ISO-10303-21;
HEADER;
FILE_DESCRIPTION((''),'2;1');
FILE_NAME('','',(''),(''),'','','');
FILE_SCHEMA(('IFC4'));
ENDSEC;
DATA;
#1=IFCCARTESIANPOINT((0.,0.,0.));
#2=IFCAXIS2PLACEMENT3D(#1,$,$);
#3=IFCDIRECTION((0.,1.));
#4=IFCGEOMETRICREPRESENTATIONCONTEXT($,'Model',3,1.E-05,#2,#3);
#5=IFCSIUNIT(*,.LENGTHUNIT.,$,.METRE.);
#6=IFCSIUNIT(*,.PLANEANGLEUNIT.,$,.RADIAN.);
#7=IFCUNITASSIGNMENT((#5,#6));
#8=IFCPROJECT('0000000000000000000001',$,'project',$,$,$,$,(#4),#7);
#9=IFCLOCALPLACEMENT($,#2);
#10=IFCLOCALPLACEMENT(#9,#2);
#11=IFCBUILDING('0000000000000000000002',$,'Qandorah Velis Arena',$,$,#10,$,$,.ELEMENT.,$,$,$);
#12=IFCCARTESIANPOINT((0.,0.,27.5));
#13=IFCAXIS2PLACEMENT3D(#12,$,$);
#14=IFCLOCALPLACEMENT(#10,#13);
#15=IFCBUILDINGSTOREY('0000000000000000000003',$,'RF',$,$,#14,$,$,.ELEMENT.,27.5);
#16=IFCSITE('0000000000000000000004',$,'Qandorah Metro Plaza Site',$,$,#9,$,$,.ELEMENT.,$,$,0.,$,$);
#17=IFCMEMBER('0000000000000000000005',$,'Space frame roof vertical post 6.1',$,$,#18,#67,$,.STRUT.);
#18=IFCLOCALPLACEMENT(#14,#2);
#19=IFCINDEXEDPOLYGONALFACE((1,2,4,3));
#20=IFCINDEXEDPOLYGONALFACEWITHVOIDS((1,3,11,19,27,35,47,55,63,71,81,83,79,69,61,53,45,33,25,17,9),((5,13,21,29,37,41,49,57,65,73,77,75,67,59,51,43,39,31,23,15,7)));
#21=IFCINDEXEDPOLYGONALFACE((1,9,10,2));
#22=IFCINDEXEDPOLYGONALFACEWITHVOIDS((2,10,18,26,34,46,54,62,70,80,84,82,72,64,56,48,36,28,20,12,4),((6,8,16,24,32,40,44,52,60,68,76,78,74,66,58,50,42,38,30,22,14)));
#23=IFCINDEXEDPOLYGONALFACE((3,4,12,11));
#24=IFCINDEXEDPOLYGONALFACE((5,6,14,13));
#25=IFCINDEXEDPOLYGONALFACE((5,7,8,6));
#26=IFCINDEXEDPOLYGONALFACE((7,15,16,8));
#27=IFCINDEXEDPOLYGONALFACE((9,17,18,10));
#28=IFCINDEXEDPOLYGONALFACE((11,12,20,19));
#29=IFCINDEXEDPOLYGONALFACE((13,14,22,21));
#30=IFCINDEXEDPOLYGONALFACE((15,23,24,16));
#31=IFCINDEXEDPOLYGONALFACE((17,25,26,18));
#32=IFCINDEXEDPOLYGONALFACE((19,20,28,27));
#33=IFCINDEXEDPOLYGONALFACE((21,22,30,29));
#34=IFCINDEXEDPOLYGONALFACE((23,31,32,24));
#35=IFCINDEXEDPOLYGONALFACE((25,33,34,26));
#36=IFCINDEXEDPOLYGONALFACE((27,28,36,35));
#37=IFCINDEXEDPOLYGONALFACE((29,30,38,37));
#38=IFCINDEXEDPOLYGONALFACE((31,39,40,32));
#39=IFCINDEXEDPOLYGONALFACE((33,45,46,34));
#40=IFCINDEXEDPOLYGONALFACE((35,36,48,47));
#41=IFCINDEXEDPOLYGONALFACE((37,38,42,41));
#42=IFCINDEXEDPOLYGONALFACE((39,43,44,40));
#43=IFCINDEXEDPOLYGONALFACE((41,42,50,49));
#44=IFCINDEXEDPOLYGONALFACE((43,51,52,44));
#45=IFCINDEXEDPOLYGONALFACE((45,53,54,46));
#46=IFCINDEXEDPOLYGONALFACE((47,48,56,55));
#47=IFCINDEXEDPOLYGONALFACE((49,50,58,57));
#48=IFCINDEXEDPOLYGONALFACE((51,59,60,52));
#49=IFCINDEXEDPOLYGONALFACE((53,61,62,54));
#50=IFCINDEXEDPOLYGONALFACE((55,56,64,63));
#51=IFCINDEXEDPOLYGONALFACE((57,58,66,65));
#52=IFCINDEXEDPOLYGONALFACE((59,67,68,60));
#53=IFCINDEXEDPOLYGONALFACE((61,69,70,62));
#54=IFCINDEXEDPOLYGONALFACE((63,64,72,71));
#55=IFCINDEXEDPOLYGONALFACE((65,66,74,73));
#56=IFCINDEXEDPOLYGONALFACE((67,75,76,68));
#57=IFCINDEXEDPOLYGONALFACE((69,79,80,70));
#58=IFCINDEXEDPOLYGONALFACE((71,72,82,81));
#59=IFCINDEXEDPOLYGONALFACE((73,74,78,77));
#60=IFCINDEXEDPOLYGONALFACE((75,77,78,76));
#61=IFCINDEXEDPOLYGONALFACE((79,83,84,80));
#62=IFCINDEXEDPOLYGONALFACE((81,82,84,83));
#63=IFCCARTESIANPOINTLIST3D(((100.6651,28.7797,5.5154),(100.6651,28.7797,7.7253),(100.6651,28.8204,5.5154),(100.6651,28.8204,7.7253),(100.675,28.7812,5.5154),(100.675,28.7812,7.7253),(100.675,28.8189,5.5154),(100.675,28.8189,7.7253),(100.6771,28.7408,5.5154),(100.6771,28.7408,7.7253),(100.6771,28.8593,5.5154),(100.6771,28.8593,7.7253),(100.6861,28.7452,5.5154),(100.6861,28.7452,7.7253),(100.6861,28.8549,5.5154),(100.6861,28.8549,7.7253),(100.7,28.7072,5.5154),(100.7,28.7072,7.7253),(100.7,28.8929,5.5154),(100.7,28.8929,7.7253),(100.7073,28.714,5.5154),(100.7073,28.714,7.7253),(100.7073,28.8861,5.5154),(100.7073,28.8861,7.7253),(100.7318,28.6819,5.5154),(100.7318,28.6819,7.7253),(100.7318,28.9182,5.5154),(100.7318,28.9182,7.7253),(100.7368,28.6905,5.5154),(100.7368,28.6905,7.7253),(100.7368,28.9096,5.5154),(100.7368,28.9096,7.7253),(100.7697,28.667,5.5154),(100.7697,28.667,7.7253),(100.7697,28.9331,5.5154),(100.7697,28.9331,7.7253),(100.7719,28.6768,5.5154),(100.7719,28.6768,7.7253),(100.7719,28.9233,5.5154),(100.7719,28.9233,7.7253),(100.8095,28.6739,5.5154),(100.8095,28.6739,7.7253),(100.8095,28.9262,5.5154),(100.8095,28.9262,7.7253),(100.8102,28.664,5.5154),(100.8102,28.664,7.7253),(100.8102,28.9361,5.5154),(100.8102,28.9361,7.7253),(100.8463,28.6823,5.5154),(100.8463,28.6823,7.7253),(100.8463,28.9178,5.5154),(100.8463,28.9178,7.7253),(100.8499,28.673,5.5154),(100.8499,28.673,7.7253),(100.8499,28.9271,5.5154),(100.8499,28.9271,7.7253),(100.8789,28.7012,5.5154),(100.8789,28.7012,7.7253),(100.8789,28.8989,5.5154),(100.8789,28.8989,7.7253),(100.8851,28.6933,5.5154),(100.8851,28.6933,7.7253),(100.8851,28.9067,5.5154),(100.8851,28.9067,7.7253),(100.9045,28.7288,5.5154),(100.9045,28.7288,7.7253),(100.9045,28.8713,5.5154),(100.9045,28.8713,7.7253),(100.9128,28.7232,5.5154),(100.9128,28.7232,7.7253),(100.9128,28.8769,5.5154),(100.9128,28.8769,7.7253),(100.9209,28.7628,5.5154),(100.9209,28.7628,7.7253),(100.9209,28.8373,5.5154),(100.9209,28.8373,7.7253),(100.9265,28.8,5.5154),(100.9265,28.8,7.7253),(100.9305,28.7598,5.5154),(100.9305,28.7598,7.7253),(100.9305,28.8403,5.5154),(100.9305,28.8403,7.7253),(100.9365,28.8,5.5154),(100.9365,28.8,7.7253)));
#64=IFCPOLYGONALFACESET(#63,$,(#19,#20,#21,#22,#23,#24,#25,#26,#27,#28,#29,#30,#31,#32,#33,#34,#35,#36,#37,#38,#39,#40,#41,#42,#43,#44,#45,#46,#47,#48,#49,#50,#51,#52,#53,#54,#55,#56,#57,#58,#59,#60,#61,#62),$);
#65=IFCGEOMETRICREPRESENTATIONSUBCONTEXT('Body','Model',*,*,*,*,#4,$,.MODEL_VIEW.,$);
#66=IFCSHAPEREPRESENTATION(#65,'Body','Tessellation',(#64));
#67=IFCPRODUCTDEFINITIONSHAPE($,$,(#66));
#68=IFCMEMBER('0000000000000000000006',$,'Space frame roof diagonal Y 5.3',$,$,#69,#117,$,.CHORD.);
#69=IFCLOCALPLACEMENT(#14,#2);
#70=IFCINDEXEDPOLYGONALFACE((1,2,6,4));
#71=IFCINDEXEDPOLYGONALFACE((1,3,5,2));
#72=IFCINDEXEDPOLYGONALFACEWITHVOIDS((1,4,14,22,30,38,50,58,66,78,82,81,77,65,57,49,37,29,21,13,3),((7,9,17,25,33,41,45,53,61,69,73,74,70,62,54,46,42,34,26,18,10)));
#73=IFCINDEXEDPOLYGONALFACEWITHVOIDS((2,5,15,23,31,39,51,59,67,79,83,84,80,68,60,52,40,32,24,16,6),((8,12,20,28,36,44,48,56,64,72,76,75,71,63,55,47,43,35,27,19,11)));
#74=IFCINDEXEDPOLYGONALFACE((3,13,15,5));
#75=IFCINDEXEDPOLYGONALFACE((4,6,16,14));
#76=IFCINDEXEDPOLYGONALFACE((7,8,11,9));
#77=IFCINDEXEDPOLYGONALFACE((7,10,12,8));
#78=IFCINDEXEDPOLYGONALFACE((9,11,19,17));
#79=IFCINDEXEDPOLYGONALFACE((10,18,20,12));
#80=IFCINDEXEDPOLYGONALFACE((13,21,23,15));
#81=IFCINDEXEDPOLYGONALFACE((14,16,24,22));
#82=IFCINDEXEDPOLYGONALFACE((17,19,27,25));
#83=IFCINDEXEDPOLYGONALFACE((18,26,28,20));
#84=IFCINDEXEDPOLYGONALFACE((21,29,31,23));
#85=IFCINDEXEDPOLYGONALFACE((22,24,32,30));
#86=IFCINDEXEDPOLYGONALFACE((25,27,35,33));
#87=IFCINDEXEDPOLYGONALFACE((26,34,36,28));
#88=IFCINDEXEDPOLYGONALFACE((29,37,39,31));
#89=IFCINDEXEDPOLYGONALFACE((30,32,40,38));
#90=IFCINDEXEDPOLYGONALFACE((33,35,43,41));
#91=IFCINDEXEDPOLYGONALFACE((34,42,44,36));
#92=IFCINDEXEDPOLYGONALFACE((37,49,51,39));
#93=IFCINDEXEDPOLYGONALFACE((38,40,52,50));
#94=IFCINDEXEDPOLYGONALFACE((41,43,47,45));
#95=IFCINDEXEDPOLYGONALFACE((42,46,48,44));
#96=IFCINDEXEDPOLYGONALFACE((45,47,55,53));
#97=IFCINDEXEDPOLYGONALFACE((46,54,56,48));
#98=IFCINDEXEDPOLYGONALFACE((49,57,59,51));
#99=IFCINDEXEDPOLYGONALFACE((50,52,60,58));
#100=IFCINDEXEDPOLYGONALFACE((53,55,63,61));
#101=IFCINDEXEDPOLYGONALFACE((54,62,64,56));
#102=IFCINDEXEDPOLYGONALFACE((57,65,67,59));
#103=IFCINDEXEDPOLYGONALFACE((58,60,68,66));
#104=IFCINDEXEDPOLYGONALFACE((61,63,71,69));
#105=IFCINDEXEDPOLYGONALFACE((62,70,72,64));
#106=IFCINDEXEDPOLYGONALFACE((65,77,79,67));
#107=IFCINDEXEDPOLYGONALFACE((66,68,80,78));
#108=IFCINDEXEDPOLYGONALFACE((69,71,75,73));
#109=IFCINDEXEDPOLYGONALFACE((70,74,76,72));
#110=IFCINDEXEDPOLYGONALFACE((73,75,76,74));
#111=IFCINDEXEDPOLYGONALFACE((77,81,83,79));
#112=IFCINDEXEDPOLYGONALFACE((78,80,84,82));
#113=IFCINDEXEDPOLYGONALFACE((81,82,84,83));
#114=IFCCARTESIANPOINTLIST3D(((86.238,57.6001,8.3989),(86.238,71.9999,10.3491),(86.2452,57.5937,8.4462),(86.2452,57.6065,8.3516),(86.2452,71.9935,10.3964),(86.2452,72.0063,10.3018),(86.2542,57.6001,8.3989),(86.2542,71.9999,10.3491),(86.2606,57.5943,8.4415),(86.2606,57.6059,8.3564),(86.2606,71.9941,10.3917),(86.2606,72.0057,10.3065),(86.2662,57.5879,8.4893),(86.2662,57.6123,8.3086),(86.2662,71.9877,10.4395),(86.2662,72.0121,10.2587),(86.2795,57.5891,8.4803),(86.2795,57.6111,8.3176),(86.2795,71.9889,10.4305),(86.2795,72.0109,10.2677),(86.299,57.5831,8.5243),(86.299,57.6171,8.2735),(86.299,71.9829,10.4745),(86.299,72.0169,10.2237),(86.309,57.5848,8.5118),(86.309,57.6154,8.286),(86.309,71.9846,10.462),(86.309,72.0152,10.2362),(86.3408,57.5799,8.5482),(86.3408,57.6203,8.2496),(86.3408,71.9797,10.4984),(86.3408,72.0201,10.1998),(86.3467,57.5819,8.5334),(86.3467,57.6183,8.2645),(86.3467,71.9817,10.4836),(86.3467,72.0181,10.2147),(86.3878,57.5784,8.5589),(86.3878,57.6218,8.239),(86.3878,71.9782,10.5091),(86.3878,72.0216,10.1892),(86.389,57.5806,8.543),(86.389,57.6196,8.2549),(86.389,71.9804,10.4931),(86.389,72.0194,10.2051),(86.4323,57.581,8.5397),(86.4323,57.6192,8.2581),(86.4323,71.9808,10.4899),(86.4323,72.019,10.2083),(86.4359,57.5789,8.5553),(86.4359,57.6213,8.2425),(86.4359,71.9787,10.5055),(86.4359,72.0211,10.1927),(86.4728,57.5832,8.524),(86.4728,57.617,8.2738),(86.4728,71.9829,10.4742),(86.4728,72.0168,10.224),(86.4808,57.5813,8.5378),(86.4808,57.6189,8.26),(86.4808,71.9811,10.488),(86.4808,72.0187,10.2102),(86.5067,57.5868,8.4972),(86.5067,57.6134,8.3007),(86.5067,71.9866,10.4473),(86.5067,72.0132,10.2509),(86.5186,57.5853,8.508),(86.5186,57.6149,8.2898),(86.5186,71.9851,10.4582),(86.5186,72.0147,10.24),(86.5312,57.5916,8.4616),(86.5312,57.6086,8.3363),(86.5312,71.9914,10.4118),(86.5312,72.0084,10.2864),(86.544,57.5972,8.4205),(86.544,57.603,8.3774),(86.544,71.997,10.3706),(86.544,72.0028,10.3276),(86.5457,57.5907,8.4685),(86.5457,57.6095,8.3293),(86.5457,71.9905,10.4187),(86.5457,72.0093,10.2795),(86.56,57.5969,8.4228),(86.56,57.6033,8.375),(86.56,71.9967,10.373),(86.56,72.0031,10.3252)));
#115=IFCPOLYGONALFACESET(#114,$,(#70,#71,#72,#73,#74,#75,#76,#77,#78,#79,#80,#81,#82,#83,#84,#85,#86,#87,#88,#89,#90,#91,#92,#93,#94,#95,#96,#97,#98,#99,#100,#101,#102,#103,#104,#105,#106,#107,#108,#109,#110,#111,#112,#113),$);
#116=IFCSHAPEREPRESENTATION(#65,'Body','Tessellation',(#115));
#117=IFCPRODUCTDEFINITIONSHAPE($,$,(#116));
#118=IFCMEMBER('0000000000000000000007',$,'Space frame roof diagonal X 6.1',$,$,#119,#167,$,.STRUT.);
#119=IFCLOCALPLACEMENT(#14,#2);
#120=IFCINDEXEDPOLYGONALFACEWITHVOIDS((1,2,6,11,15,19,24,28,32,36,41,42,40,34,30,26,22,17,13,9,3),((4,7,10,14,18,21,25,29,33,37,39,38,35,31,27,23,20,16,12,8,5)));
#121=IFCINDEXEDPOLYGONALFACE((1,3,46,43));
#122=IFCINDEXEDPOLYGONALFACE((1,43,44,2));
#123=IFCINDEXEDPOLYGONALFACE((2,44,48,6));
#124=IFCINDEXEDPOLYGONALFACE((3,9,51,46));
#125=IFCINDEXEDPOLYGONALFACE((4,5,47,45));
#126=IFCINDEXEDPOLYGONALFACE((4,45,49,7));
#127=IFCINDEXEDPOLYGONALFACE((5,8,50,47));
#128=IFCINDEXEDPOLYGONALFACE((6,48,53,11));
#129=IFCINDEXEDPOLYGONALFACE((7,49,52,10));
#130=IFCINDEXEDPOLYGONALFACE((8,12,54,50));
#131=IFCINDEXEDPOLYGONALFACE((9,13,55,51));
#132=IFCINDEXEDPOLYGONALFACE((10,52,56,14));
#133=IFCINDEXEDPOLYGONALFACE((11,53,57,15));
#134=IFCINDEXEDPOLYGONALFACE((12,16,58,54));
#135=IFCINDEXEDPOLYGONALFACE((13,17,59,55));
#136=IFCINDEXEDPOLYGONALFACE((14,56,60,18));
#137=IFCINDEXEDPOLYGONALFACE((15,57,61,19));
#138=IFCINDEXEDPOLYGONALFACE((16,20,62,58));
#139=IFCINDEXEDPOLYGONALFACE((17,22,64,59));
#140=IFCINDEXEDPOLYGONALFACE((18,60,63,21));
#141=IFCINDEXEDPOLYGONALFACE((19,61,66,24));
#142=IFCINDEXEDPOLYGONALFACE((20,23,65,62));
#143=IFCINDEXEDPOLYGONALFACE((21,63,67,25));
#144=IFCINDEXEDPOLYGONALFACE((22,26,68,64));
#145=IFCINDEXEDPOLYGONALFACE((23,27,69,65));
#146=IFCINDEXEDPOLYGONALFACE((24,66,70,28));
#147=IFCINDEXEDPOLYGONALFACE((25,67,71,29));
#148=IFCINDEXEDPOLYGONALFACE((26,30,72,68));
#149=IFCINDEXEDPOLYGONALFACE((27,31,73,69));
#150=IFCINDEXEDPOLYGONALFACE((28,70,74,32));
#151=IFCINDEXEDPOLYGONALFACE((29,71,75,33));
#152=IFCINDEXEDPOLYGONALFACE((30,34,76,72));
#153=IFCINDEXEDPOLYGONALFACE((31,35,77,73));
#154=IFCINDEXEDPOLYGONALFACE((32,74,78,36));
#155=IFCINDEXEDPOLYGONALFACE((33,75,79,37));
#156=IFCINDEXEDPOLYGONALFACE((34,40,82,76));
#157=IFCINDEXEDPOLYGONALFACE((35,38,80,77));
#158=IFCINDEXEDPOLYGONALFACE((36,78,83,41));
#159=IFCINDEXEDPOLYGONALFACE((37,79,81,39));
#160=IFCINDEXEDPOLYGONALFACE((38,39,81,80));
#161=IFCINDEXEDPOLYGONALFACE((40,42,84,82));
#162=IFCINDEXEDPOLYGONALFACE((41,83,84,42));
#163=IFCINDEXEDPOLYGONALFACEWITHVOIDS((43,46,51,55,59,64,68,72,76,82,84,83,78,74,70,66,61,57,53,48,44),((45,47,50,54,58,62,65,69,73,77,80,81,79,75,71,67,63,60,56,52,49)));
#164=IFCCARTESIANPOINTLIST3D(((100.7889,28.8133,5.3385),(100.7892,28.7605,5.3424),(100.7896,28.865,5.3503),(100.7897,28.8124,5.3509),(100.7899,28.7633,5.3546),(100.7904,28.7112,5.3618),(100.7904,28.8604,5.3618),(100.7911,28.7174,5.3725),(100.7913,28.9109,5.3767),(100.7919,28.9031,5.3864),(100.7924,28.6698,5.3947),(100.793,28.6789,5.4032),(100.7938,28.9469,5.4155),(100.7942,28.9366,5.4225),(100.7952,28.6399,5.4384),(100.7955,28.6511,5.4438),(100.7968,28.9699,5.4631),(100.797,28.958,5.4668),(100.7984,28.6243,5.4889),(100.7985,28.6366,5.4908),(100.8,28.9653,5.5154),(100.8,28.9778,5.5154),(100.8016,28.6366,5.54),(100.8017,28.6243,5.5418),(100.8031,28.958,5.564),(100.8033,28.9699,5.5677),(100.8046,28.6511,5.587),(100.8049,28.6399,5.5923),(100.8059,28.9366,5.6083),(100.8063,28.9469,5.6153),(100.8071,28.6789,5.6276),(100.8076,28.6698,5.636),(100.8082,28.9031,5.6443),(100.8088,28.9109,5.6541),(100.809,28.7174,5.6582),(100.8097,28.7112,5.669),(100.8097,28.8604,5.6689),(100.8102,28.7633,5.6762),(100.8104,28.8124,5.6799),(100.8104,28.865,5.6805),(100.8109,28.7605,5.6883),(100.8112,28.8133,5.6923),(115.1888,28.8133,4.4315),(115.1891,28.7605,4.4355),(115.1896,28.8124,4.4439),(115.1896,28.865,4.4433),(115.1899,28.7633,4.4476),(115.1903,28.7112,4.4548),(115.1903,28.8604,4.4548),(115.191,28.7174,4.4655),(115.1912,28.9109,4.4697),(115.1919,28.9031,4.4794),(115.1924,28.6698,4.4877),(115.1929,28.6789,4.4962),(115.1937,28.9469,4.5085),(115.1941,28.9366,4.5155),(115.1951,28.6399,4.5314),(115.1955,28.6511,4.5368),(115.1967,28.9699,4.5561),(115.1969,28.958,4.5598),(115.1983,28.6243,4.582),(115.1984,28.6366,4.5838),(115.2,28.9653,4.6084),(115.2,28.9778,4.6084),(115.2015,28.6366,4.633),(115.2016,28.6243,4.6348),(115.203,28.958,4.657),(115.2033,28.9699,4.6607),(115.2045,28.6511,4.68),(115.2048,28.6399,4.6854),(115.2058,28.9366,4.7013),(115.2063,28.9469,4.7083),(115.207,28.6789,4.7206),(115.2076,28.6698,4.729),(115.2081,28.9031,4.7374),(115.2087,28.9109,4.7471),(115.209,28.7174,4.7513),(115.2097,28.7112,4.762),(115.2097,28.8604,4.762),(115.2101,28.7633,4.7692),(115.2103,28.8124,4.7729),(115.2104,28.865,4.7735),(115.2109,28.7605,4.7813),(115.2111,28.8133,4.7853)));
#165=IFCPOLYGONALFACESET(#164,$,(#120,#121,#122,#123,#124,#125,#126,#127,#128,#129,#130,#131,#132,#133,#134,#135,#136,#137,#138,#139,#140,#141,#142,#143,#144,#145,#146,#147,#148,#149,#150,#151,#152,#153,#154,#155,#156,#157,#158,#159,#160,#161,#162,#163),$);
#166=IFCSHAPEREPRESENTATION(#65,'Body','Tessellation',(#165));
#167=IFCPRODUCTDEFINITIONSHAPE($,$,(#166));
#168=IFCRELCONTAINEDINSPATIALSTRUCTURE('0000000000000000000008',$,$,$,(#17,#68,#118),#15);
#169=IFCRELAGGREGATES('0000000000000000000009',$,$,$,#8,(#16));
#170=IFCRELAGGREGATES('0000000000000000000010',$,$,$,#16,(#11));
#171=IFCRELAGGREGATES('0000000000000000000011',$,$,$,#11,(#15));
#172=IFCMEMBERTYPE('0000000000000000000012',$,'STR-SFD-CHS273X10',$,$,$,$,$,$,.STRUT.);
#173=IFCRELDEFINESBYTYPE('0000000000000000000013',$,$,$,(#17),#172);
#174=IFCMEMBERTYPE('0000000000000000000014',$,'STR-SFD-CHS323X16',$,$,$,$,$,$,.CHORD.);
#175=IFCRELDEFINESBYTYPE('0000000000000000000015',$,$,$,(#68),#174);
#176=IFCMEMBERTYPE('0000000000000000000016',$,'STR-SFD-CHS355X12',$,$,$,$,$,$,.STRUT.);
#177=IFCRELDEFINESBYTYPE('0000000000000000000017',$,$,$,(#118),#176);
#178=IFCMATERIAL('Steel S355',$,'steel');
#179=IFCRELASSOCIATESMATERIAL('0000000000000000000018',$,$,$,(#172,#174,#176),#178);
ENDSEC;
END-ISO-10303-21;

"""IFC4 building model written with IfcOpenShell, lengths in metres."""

from ifc_helpers import new_model, si_unit, direction, frame, origin, origin_2d, place, context, subcontext, project, spatial, hollow_circle, extrude, material, material_profile, profile_set, type_object, element, save


model = new_model("IFC4")

# Units and contexts
model_context = context("Model", 3, precision=1e-05, world=origin(), true_north=direction((0.0, 1.0)))
body_context = subcontext(model_context, "Body", "Model", "MODEL_VIEW")
ifc_project = project(units=[si_unit("LENGTHUNIT", "METRE"), si_unit("PLANEANGLEUNIT", "RADIAN")], contexts=[model_context])

# Site, building, storey
site_placement = place(None, origin())
site = spatial("IfcSite", under=ifc_project, at=site_placement, Name="Qandorah Metro Plaza Site", CompositionType="ELEMENT", RefElevation=0.0)
building_placement = place(site_placement, origin())
building = spatial("IfcBuilding", under=site, at=building_placement, Name="Qandorah Velis Arena", CompositionType="ELEMENT")
storey_placement = place(building_placement, frame((0.0, 0.0, 27.5)))
storey = spatial("IfcBuildingStorey", under=building, at=storey_placement, Name="RF", CompositionType="ELEMENT", Elevation=27.5)

# Shared definitions
ifc_material_1 = material(Name="Steel S355", Category="steel")

# Members
ifc_material_profile_1 = material_profile(ifc_material_1, hollow_circle(Radius=0.1365, WallThickness=0.01, at=origin_2d()), Name="CHS 273x10")
ifc_profile_set_1 = profile_set([ifc_material_profile_1], Name="Steel S355")
member_type_1 = type_object("IfcMemberType", Name="STR-SFD-CHS273X10", PredefinedType="STRUT", material=ifc_profile_set_1)
member_1_placement = place(storey_placement, frame((100.8, 28.8, 5.5154), z_axis=(0.0, 0.0, 1.0), x_axis=(1.0, 0.0, 0.0)))
element("IfcMember", 1, at=member_1_placement, inside=storey, type_object=member_type_1, Name="Space frame roof vertical post 6.1", PredefinedType="STRUT", context=body_context, shape_type="SweptSolid", body=[
    extrude(hollow_circle(Radius=0.1365, WallThickness=0.01, at=origin_2d()), origin(), (0.0, 0.0, 1.0), 2.21),
])
ifc_material_profile_2 = material_profile(ifc_material_1, hollow_circle(Radius=0.1619, WallThickness=0.0161, at=origin_2d()), Name="CHS 323.9x16")
ifc_profile_set_2 = profile_set([ifc_material_profile_2], Name="Steel S355")
member_type_2 = type_object("IfcMemberType", Name="STR-SFD-CHS323X16", PredefinedType="CHORD", material=ifc_profile_set_2)
member_2_placement = place(storey_placement, frame((86.3999, 57.6001, 8.3989), z_axis=(0.0, 0.990953, 0.134206), x_axis=(-1.0, 0.0, 0.0)))
element("IfcMember", 2, at=member_2_placement, inside=storey, type_object=member_type_2, Name="Space frame roof diagonal Y 5.3", PredefinedType="CHORD", context=body_context, shape_type="SweptSolid", body=[
    extrude(hollow_circle(Radius=0.1619, WallThickness=0.0161, at=origin_2d()), origin(), (0.0, 0.0, 1.0), 14.5312),
])
ifc_material_profile_3 = material_profile(ifc_material_1, hollow_circle(Radius=0.1777, WallThickness=0.0125, at=origin_2d()), Name="CHS 355.6x12.5")
ifc_profile_set_3 = profile_set([ifc_material_profile_3], Name="Steel S355")
member_type_3 = type_object("IfcMemberType", Name="STR-SFD-CHS355X12", PredefinedType="STRUT", material=ifc_profile_set_3)
member_3_placement = place(storey_placement, frame((100.8, 28.8, 5.5154), z_axis=(0.998022, 0.0, -0.062861), x_axis=(0.0, 1.0, 0.0)))
element("IfcMember", 3, at=member_3_placement, inside=storey, type_object=member_type_3, Name="Space frame roof diagonal X 6.1", PredefinedType="STRUT", context=body_context, shape_type="SweptSolid", body=[
    extrude(hollow_circle(Radius=0.1777, WallThickness=0.0125, at=origin_2d()), origin(), (0.0, 0.0, 1.0), 14.4285),
])

save(model, "model.ifc")
